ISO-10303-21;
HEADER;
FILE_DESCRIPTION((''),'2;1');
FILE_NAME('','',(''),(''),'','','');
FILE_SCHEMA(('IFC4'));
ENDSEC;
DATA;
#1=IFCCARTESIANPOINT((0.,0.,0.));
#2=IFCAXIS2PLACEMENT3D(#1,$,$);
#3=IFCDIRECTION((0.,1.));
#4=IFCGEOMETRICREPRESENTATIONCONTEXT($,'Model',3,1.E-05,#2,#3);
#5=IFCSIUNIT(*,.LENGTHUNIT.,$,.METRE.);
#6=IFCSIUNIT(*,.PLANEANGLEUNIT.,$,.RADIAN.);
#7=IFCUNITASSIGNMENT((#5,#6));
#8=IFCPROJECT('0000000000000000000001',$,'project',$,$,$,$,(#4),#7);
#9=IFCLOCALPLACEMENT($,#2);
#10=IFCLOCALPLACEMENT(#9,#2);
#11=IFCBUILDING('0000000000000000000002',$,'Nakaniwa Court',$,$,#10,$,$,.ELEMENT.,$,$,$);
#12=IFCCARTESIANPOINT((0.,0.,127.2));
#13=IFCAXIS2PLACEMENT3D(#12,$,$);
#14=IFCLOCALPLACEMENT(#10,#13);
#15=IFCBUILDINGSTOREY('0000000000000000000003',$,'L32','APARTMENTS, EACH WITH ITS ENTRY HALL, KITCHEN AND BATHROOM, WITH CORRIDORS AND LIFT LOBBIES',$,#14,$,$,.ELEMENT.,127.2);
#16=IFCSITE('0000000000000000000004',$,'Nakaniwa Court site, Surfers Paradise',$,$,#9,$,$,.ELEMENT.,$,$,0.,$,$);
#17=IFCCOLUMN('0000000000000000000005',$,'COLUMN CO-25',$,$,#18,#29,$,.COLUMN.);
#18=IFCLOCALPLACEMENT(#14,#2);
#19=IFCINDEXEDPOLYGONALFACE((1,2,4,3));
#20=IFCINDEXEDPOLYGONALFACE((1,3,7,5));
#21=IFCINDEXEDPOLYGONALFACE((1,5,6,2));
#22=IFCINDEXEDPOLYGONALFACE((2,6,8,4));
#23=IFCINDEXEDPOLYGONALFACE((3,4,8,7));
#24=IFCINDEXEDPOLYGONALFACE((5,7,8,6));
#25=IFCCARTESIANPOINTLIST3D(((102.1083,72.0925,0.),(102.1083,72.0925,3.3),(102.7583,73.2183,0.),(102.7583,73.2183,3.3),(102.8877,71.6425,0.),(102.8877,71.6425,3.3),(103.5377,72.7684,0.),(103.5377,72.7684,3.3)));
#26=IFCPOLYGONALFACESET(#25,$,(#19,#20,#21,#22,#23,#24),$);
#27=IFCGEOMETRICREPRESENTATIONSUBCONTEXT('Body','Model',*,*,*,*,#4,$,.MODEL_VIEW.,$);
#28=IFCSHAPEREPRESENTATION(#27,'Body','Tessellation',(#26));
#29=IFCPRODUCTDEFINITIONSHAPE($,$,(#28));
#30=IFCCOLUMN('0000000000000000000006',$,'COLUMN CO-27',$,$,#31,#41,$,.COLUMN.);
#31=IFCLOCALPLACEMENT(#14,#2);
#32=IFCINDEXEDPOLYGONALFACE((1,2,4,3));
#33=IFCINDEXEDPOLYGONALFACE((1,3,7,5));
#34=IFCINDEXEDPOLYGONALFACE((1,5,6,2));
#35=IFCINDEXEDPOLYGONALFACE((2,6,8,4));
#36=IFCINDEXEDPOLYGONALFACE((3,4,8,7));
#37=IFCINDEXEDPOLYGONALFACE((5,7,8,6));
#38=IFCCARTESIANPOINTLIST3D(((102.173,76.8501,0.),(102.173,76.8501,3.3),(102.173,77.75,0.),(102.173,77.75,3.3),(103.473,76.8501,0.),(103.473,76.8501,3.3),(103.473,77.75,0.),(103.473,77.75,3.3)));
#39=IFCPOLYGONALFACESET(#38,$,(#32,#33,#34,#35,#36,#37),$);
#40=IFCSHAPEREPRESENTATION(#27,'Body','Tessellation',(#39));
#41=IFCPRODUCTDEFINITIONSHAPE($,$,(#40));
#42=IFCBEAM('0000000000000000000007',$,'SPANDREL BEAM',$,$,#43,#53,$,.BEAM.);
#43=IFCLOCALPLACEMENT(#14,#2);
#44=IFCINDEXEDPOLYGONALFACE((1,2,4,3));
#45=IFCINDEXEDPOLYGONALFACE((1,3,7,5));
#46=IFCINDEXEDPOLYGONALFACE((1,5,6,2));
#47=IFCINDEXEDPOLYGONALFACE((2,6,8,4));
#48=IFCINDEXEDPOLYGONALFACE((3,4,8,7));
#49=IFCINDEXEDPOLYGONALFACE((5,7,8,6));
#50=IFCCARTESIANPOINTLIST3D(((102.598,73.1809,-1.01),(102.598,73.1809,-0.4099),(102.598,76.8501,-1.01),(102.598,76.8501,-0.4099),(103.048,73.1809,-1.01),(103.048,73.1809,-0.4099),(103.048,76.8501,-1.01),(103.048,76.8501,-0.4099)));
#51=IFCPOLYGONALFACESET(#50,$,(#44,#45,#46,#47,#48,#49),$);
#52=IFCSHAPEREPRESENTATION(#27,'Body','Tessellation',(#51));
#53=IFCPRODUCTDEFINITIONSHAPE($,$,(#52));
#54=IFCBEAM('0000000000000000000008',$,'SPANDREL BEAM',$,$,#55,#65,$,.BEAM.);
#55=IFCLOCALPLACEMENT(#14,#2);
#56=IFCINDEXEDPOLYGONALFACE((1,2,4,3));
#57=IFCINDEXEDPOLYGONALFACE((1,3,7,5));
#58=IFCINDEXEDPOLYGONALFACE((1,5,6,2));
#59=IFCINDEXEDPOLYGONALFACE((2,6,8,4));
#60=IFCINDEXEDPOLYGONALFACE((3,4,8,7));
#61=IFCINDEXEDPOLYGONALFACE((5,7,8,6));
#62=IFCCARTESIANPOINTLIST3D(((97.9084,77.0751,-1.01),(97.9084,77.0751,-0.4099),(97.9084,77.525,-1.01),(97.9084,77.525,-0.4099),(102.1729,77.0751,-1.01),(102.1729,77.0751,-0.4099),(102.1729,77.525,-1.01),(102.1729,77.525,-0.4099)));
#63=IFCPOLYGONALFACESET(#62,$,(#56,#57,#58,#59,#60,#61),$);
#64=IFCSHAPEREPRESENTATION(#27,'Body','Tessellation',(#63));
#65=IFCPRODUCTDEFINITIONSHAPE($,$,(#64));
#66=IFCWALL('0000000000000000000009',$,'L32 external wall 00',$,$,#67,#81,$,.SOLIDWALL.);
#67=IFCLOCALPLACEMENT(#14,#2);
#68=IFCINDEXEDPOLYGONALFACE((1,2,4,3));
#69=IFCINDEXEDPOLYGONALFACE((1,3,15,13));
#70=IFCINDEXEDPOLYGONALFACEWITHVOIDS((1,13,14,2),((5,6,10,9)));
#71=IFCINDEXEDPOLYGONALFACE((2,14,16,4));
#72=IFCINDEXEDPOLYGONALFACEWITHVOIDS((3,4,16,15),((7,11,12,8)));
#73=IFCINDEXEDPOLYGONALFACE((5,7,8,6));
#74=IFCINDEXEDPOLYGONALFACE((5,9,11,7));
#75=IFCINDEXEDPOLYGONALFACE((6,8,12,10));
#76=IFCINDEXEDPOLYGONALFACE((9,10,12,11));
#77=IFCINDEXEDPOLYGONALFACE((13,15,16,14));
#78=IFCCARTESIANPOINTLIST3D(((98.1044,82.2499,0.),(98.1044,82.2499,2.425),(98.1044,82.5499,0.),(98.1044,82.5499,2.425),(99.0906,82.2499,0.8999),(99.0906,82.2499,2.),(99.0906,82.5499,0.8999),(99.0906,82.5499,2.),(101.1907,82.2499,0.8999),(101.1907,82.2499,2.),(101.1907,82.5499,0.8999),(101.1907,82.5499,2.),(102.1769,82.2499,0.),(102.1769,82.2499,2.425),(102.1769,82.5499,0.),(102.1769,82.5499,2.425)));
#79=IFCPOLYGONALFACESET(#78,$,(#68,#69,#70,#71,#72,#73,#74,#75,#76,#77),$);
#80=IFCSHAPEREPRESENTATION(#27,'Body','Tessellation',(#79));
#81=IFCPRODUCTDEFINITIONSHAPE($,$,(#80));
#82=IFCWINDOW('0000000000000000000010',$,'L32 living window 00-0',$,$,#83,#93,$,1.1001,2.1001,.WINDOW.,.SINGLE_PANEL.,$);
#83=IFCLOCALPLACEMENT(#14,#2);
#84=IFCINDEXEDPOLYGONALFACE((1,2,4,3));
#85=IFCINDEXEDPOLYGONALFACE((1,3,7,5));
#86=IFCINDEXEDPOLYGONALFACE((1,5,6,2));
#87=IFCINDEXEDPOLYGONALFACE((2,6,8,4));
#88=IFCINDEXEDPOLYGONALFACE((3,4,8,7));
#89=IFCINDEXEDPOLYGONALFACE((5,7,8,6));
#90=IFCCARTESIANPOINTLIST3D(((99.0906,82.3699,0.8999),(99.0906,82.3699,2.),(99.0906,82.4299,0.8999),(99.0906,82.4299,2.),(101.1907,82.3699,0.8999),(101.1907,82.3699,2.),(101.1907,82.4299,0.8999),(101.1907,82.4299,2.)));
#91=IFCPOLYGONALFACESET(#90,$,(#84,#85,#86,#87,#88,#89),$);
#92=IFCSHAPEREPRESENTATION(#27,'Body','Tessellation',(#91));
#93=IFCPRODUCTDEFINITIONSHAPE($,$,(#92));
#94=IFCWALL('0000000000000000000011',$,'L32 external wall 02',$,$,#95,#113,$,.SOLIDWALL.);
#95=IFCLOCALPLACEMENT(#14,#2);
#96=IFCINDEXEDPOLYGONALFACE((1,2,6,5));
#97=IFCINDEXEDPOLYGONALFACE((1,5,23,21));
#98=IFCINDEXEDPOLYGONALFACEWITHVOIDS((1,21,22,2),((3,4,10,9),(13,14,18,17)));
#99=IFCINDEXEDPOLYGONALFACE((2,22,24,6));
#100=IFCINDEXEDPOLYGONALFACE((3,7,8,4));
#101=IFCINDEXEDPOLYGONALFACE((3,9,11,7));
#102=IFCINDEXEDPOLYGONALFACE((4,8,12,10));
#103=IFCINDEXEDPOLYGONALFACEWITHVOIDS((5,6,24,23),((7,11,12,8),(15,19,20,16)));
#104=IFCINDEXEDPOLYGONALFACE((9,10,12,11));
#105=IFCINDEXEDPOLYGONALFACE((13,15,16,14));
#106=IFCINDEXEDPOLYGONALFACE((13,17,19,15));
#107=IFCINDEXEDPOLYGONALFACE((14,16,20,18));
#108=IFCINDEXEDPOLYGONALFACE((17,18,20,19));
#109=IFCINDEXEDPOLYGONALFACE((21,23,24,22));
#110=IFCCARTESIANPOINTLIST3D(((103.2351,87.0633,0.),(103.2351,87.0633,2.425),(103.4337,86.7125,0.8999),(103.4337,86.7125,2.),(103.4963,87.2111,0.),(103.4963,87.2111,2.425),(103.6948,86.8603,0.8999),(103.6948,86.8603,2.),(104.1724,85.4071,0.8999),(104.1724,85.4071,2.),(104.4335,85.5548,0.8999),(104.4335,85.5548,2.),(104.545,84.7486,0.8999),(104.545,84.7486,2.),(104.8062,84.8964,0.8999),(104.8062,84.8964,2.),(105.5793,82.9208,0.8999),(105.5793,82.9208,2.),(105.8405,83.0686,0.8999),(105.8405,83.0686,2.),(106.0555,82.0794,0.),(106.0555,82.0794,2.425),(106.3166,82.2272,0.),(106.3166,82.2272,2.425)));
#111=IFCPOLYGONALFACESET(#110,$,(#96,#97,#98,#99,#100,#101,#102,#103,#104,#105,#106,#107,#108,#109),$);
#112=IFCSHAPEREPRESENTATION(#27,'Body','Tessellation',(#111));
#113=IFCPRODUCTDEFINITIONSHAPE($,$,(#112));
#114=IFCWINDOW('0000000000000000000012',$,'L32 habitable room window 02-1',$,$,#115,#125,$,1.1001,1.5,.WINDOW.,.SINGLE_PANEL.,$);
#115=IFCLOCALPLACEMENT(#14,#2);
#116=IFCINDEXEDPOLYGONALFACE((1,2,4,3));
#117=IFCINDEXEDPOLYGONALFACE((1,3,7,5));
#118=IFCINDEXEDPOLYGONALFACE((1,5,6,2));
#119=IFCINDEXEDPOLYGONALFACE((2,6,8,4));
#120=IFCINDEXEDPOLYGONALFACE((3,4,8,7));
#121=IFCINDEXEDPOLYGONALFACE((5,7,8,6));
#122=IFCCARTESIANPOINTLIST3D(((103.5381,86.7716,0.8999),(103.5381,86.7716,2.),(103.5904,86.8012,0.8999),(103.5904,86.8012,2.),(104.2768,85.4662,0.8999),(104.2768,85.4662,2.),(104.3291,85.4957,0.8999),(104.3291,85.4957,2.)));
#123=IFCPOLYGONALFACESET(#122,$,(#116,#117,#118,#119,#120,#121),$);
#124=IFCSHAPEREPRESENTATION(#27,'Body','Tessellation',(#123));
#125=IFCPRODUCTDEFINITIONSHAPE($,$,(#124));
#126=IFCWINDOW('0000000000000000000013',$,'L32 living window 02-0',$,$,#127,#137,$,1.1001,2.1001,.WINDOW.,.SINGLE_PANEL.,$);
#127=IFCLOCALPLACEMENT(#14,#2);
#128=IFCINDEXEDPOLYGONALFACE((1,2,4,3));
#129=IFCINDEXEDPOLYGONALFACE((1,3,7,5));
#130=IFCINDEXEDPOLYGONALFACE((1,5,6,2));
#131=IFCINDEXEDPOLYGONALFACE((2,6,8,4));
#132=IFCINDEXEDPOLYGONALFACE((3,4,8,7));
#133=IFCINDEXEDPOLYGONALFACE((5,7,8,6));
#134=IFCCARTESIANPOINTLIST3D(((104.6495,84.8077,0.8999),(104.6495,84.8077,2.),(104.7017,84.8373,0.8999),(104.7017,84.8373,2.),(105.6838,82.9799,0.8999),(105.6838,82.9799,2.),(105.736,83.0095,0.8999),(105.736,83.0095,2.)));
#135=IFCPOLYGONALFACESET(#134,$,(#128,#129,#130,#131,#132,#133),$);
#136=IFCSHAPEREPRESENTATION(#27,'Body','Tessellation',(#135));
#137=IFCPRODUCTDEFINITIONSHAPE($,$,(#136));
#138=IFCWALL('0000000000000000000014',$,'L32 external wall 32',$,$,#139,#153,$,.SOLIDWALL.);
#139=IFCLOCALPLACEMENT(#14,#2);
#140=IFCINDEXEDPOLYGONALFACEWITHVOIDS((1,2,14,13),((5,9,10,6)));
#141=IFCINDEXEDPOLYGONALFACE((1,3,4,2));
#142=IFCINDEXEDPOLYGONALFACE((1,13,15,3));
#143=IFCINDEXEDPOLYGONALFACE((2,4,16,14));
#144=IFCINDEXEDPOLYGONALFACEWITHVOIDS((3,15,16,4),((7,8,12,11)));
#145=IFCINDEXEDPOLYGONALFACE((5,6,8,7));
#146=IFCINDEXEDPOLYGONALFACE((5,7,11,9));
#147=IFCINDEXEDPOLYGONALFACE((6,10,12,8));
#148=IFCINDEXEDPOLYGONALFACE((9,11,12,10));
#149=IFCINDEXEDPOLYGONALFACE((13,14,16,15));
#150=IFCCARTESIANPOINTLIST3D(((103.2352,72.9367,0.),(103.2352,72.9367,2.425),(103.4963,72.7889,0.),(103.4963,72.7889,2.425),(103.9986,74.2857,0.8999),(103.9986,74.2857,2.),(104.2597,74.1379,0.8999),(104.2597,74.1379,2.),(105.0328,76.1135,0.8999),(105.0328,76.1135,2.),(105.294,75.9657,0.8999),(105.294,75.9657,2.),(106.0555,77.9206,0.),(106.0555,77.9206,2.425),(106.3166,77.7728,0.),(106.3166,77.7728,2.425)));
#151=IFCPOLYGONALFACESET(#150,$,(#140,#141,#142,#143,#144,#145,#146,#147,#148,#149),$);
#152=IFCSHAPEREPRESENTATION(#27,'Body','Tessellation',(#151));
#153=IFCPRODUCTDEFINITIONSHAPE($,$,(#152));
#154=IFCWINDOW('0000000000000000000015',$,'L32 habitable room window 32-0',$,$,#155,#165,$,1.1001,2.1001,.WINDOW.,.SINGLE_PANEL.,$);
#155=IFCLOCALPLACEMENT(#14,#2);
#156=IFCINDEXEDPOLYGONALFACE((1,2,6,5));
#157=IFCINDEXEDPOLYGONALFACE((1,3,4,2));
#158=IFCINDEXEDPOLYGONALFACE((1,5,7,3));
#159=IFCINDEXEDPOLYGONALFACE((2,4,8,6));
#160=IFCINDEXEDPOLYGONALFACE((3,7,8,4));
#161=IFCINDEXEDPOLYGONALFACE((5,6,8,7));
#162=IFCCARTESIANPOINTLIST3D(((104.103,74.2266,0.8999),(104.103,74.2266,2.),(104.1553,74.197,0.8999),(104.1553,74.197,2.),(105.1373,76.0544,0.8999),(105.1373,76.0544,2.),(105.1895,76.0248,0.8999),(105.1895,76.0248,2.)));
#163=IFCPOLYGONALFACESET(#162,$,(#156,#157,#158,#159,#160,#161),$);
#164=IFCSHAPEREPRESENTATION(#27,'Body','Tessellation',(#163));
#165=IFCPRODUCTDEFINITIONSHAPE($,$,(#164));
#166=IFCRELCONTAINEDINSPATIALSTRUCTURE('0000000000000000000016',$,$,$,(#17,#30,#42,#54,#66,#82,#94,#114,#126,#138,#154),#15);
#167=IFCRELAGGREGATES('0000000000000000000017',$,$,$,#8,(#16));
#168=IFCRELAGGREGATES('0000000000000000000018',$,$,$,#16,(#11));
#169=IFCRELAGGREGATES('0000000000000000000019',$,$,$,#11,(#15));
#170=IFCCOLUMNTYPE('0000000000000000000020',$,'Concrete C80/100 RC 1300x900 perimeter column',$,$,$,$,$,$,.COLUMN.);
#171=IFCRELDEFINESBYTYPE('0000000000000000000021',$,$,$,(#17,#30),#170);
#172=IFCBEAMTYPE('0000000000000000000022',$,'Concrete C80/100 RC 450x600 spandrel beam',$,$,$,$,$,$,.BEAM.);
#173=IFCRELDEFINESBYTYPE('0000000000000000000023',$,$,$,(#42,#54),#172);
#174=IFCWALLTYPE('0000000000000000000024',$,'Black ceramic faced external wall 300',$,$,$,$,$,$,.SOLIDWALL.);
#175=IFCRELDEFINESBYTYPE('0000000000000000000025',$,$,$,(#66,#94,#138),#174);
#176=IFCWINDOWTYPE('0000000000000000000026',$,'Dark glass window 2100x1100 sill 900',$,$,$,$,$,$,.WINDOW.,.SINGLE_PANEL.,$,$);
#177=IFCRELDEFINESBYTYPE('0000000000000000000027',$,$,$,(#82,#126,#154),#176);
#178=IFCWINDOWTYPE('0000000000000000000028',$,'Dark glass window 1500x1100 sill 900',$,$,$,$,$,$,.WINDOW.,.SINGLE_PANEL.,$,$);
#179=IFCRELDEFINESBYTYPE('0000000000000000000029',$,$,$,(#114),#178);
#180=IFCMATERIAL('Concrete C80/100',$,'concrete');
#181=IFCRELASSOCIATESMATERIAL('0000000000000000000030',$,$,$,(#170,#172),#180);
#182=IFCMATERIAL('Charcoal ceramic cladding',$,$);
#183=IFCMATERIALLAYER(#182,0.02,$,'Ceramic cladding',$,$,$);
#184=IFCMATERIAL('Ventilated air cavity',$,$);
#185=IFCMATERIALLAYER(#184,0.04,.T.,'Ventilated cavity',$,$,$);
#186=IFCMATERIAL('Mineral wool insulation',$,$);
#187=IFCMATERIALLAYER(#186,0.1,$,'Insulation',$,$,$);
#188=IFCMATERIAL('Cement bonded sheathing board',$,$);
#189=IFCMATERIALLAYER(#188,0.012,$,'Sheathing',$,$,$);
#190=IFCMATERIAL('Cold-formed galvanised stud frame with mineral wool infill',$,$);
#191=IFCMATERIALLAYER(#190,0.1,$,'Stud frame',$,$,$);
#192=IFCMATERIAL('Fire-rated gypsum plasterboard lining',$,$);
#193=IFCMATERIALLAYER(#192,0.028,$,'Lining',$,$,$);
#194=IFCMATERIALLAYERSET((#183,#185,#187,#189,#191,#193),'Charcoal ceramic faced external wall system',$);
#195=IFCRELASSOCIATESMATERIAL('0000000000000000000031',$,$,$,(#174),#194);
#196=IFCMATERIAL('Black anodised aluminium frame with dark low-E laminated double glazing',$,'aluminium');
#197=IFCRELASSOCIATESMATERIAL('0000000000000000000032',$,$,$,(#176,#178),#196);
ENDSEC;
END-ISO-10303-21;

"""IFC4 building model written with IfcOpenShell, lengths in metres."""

from ifc_helpers import new_model, si_unit, direction, frame, frame_2d, origin, origin_2d, place, context, subcontext, project, spatial, rectangle, extrude, material, layer, layer_set, material_profile, profile_set, type_object, element, fill, save


model = new_model("IFC4")

# Units and contexts
model_context = context("Model", 3, precision=1e-05, world=origin(), true_north=direction((0.0, 1.0)))
body_context = subcontext(model_context, "Body", "Model", "MODEL_VIEW")
ifc_project = project(units=[si_unit("LENGTHUNIT", "METRE"), si_unit("PLANEANGLEUNIT", "RADIAN")], contexts=[model_context])

# Site, building, storey
site_placement = place(None, origin())
site = spatial("IfcSite", under=ifc_project, at=site_placement, Name="Nakaniwa Court site, Surfers Paradise", CompositionType="ELEMENT", RefElevation=0.0)
building_placement = place(site_placement, origin())
building = spatial("IfcBuilding", under=site, at=building_placement, Name="Nakaniwa Court", CompositionType="ELEMENT")
storey_placement = place(building_placement, frame((0.0, 0.0, 127.2)))
storey = spatial("IfcBuildingStorey", under=building, at=storey_placement, Name="L32", Description="APARTMENTS, EACH WITH ITS ENTRY HALL, KITCHEN AND BATHROOM, WITH CORRIDORS AND LIFT LOBBIES", CompositionType="ELEMENT", Elevation=127.2)

# Columns
ifc_material_1 = material(Name="Concrete C80/100", Category="concrete")
ifc_material_profile_1 = material_profile(ifc_material_1, rectangle(XDim=1.3, YDim=0.8999, at=origin_2d()), Name="Concrete C80/100 RC 1300x900 perimeter column")
ifc_profile_set_1 = profile_set([ifc_material_profile_1], Name="Concrete C80/100")
column_type = type_object("IfcColumnType", Name="Concrete C80/100 RC 1300x900 perimeter column", PredefinedType="COLUMN", material=ifc_profile_set_1)
for number, where, z_axis, x_axis, name in (
    (1, (102.823, 72.4304, 0.0), (0.0, 0.0, 1.0), (0.5, 0.866025, 0.0), "COLUMN CO-25"),
    (2, (102.823, 77.3, 0.0), (0.0, 0.0, 1.0), (-1.0, 0.0, 0.0), "COLUMN CO-27"),
):
    element("IfcColumn", number, at=place(storey_placement, frame(where, z_axis=z_axis, x_axis=x_axis)), inside=storey, type_object=column_type, Name=name, PredefinedType="COLUMN", context=body_context, shape_type="SweptSolid", body=[
        extrude(rectangle(XDim=1.3, YDim=0.8999, at=origin_2d()), origin(), (0.0, 0.0, 1.0), 3.3),
    ])

# Beams
ifc_material_profile_2 = material_profile(ifc_material_1, rectangle(XDim=0.45, YDim=0.6001, at=origin_2d()), Name="Concrete C80/100 RC 450x600 spandrel beam")
ifc_profile_set_2 = profile_set([ifc_material_profile_2], Name="Concrete C80/100")
beam_type = type_object("IfcBeamType", Name="Concrete C80/100 RC 450x600 spandrel beam", PredefinedType="BEAM", material=ifc_profile_set_2)
beam_1_placement = place(storey_placement, frame((102.823, 73.1809, -0.71), z_axis=(0.0, 1.0, 0.0), x_axis=(-1.0, 0.0, 0.0)))
element("IfcBeam", 3, at=beam_1_placement, inside=storey, type_object=beam_type, Name="SPANDREL BEAM", PredefinedType="BEAM", context=body_context, shape_type="SweptSolid", body=[
    extrude(rectangle(XDim=0.45, YDim=0.6001, at=origin_2d()), origin(), (0.0, 0.0, 1.0), 3.6692),
])
beam_2_placement = place(storey_placement, frame((102.1729, 77.3, -0.71), z_axis=(-1.0, 0.0, 0.0), x_axis=(0.0, -1.0, 0.0)))
element("IfcBeam", 4, at=beam_2_placement, inside=storey, type_object=beam_type, Name="SPANDREL BEAM", PredefinedType="BEAM", context=body_context, shape_type="SweptSolid", body=[
    extrude(rectangle(XDim=0.45, YDim=0.6001, at=origin_2d()), origin(), (0.0, 0.0, 1.0), 4.2644),
])

# Wall, opening, window
ifc_material_2 = material(Name="Charcoal ceramic cladding")
ifc_layer_1 = layer(ifc_material_2, 0.02, Name="Ceramic cladding")
ifc_material_3 = material(Name="Ventilated air cavity")
ifc_layer_2 = layer(ifc_material_3, 0.04, ventilated=True, Name="Ventilated cavity")
ifc_material_4 = material(Name="Mineral wool insulation")
ifc_layer_3 = layer(ifc_material_4, 0.1, Name="Insulation")
ifc_material_5 = material(Name="Cement bonded sheathing board")
ifc_layer_4 = layer(ifc_material_5, 0.012, Name="Sheathing")
ifc_material_6 = material(Name="Cold-formed galvanised stud frame with mineral wool infill")
ifc_layer_5 = layer(ifc_material_6, 0.1, Name="Stud frame")
ifc_material_7 = material(Name="Fire-rated gypsum plasterboard lining")
ifc_layer_6 = layer(ifc_material_7, 0.028, Name="Lining")
ifc_layer_set = layer_set([ifc_layer_1, ifc_layer_2, ifc_layer_3, ifc_layer_4, ifc_layer_5, ifc_layer_6], Name="Charcoal ceramic faced external wall system")
wall_type = type_object("IfcWallType", Name="Black ceramic faced external wall 300", PredefinedType="SOLIDWALL", material=ifc_layer_set)
wall_1_placement = place(storey_placement, frame((98.1045, 82.3999, 0.0), z_axis=(0.0, 0.0, 1.0), x_axis=(1.0, 0.0, 0.0)))
wall_1 = element("IfcWall", 5, at=wall_1_placement, inside=storey, type_object=wall_type, Name="L32 external wall 00", PredefinedType="SOLIDWALL", context=body_context, shape_type="SweptSolid", body=[
    extrude(rectangle(XDim=4.0725, YDim=0.3, at=frame_2d((2.0361, 0.0))), origin(), (0.0, 0.0, 1.0), 2.425),
])
opening_1_placement = place(wall_1_placement, frame((0.9861, 0.0, 0.8999)))
opening_1 = element("IfcOpeningElement", 6, at=opening_1_placement, cuts=wall_1, PredefinedType="OPENING", context=body_context, shape_type="SweptSolid", body=[
    extrude(rectangle(XDim=2.1001, YDim=1.1001, at=frame_2d((1.05, 0.55))), frame((0.0, 0.1599, 0.0), z_axis=(0.0, -1.0, 0.0), x_axis=(1.0, 0.0, 0.0)), (0.0, 0.0, 1.0), 0.3201),
])
ifc_material_8 = material(Name="Black anodised aluminium frame with dark low-E laminated double glazing", Category="aluminium")
window_type_1 = type_object("IfcWindowType", Name="Dark glass window 2100x1100 sill 900", PartitioningType="SINGLE_PANEL", PredefinedType="WINDOW", material=ifc_material_8)
window_1_placement = place(opening_1_placement, origin())
window_1 = element("IfcWindow", 7, at=window_1_placement, inside=storey, type_object=window_type_1, Name="L32 living window 00-0", OverallHeight=1.1001, OverallWidth=2.1001, PartitioningType="SINGLE_PANEL", PredefinedType="WINDOW", context=body_context, shape_type="SweptSolid", body=[
    extrude(rectangle(XDim=2.1001, YDim=1.1001, at=frame_2d((1.05, 0.55))), frame((0.0, 0.03, 0.0), z_axis=(0.0, -1.0, 0.0), x_axis=(1.0, 0.0, 0.0)), (0.0, 0.0, 1.0), 0.0601),
])
fill(opening_1, window_1)

# Wall, openings, windows
wall_2_placement = place(storey_placement, frame((106.186, 82.1533, 0.0), z_axis=(0.0, 0.0, 1.0), x_axis=(-0.492498, 0.870313, 0.0)))
wall_2 = element("IfcWall", 8, at=wall_2_placement, inside=storey, type_object=wall_type, Name="L32 external wall 02", PredefinedType="SOLIDWALL", context=body_context, shape_type="SweptSolid", body=[
    extrude(rectangle(XDim=5.7266, YDim=0.3, at=frame_2d((2.8633, 0.0))), origin(), (0.0, 0.0, 1.0), 2.425),
])
opening_2_placement = place(wall_2_placement, frame((0.9668, 0.0, 0.8999)))
opening_2 = element("IfcOpeningElement", 9, at=opening_2_placement, cuts=wall_2, PredefinedType="OPENING", context=body_context, shape_type="SweptSolid", body=[
    extrude(rectangle(XDim=2.1001, YDim=1.1001, at=frame_2d((1.05, 0.55))), frame((0.0, 0.1599, 0.0), z_axis=(0.0, -1.0, 0.0), x_axis=(1.0, 0.0, 0.0)), (0.0, 0.0, 1.0), 0.3201),
])
opening_3_placement = place(wall_2_placement, frame((3.8235, 0.0, 0.8999)))
opening_3 = element("IfcOpeningElement", 10, at=opening_3_placement, cuts=wall_2, PredefinedType="OPENING", context=body_context, shape_type="SweptSolid", body=[
    extrude(rectangle(XDim=1.5, YDim=1.1001, at=frame_2d((0.75, 0.55))), frame((0.0, 0.1599, 0.0), z_axis=(0.0, -1.0, 0.0), x_axis=(1.0, 0.0, 0.0)), (0.0, 0.0, 1.0), 0.3201),
])
window_type_2 = type_object("IfcWindowType", Name="Dark glass window 1500x1100 sill 900", PartitioningType="SINGLE_PANEL", PredefinedType="WINDOW", material=ifc_material_8)
window_2_placement = place(opening_3_placement, origin())
window_2 = element("IfcWindow", 11, at=window_2_placement, inside=storey, type_object=window_type_2, Name="L32 habitable room window 02-1", OverallHeight=1.1001, OverallWidth=1.5, PartitioningType="SINGLE_PANEL", PredefinedType="WINDOW", context=body_context, shape_type="SweptSolid", body=[
    extrude(rectangle(XDim=1.5, YDim=1.1001, at=frame_2d((0.75, 0.55))), frame((0.0, 0.03, 0.0), z_axis=(0.0, -1.0, 0.0), x_axis=(1.0, 0.0, 0.0)), (0.0, 0.0, 1.0), 0.0601),
])
fill(opening_3, window_2)
window_3_placement = place(opening_2_placement, origin())
window_3 = element("IfcWindow", 12, at=window_3_placement, inside=storey, type_object=window_type_1, Name="L32 living window 02-0", OverallHeight=1.1001, OverallWidth=2.1001, PartitioningType="SINGLE_PANEL", PredefinedType="WINDOW", context=body_context, shape_type="SweptSolid", body=[
    extrude(rectangle(XDim=2.1001, YDim=1.1001, at=frame_2d((1.05, 0.55))), frame((0.0, 0.03, 0.0), z_axis=(0.0, -1.0, 0.0), x_axis=(1.0, 0.0, 0.0)), (0.0, 0.0, 1.0), 0.0601),
])
fill(opening_2, window_3)

# Wall, opening, window
wall_3_placement = place(storey_placement, frame((103.3657, 72.8628, 0.0), z_axis=(0.0, 0.0, 1.0), x_axis=(0.492498, 0.870313, 0.0)))
wall_3 = element("IfcWall", 13, at=wall_3_placement, inside=storey, type_object=wall_type, Name="L32 external wall 32", PredefinedType="SOLIDWALL", context=body_context, shape_type="SweptSolid", body=[
    extrude(rectangle(XDim=5.7266, YDim=0.3, at=frame_2d((2.8633, 0.0))), origin(), (0.0, 0.0, 1.0), 2.425),
])
opening_4_placement = place(wall_3_placement, frame((1.55, 0.0, 0.8999)))
opening_4 = element("IfcOpeningElement", 14, at=opening_4_placement, cuts=wall_3, PredefinedType="OPENING", context=body_context, shape_type="SweptSolid", body=[
    extrude(rectangle(XDim=2.1001, YDim=1.1001, at=frame_2d((1.05, 0.55))), frame((0.0, 0.1599, 0.0), z_axis=(0.0, -1.0, 0.0), x_axis=(1.0, 0.0, 0.0)), (0.0, 0.0, 1.0), 0.3201),
])
window_4_placement = place(opening_4_placement, origin())
window_4 = element("IfcWindow", 15, at=window_4_placement, inside=storey, type_object=window_type_1, Name="L32 habitable room window 32-0", OverallHeight=1.1001, OverallWidth=2.1001, PartitioningType="SINGLE_PANEL", PredefinedType="WINDOW", context=body_context, shape_type="SweptSolid", body=[
    extrude(rectangle(XDim=2.1001, YDim=1.1001, at=frame_2d((1.05, 0.55))), frame((0.0, 0.03, 0.0), z_axis=(0.0, -1.0, 0.0), x_axis=(1.0, 0.0, 0.0)), (0.0, 0.0, 1.0), 0.0601),
])
fill(opening_4, window_4)

save(model, "model.ifc")
